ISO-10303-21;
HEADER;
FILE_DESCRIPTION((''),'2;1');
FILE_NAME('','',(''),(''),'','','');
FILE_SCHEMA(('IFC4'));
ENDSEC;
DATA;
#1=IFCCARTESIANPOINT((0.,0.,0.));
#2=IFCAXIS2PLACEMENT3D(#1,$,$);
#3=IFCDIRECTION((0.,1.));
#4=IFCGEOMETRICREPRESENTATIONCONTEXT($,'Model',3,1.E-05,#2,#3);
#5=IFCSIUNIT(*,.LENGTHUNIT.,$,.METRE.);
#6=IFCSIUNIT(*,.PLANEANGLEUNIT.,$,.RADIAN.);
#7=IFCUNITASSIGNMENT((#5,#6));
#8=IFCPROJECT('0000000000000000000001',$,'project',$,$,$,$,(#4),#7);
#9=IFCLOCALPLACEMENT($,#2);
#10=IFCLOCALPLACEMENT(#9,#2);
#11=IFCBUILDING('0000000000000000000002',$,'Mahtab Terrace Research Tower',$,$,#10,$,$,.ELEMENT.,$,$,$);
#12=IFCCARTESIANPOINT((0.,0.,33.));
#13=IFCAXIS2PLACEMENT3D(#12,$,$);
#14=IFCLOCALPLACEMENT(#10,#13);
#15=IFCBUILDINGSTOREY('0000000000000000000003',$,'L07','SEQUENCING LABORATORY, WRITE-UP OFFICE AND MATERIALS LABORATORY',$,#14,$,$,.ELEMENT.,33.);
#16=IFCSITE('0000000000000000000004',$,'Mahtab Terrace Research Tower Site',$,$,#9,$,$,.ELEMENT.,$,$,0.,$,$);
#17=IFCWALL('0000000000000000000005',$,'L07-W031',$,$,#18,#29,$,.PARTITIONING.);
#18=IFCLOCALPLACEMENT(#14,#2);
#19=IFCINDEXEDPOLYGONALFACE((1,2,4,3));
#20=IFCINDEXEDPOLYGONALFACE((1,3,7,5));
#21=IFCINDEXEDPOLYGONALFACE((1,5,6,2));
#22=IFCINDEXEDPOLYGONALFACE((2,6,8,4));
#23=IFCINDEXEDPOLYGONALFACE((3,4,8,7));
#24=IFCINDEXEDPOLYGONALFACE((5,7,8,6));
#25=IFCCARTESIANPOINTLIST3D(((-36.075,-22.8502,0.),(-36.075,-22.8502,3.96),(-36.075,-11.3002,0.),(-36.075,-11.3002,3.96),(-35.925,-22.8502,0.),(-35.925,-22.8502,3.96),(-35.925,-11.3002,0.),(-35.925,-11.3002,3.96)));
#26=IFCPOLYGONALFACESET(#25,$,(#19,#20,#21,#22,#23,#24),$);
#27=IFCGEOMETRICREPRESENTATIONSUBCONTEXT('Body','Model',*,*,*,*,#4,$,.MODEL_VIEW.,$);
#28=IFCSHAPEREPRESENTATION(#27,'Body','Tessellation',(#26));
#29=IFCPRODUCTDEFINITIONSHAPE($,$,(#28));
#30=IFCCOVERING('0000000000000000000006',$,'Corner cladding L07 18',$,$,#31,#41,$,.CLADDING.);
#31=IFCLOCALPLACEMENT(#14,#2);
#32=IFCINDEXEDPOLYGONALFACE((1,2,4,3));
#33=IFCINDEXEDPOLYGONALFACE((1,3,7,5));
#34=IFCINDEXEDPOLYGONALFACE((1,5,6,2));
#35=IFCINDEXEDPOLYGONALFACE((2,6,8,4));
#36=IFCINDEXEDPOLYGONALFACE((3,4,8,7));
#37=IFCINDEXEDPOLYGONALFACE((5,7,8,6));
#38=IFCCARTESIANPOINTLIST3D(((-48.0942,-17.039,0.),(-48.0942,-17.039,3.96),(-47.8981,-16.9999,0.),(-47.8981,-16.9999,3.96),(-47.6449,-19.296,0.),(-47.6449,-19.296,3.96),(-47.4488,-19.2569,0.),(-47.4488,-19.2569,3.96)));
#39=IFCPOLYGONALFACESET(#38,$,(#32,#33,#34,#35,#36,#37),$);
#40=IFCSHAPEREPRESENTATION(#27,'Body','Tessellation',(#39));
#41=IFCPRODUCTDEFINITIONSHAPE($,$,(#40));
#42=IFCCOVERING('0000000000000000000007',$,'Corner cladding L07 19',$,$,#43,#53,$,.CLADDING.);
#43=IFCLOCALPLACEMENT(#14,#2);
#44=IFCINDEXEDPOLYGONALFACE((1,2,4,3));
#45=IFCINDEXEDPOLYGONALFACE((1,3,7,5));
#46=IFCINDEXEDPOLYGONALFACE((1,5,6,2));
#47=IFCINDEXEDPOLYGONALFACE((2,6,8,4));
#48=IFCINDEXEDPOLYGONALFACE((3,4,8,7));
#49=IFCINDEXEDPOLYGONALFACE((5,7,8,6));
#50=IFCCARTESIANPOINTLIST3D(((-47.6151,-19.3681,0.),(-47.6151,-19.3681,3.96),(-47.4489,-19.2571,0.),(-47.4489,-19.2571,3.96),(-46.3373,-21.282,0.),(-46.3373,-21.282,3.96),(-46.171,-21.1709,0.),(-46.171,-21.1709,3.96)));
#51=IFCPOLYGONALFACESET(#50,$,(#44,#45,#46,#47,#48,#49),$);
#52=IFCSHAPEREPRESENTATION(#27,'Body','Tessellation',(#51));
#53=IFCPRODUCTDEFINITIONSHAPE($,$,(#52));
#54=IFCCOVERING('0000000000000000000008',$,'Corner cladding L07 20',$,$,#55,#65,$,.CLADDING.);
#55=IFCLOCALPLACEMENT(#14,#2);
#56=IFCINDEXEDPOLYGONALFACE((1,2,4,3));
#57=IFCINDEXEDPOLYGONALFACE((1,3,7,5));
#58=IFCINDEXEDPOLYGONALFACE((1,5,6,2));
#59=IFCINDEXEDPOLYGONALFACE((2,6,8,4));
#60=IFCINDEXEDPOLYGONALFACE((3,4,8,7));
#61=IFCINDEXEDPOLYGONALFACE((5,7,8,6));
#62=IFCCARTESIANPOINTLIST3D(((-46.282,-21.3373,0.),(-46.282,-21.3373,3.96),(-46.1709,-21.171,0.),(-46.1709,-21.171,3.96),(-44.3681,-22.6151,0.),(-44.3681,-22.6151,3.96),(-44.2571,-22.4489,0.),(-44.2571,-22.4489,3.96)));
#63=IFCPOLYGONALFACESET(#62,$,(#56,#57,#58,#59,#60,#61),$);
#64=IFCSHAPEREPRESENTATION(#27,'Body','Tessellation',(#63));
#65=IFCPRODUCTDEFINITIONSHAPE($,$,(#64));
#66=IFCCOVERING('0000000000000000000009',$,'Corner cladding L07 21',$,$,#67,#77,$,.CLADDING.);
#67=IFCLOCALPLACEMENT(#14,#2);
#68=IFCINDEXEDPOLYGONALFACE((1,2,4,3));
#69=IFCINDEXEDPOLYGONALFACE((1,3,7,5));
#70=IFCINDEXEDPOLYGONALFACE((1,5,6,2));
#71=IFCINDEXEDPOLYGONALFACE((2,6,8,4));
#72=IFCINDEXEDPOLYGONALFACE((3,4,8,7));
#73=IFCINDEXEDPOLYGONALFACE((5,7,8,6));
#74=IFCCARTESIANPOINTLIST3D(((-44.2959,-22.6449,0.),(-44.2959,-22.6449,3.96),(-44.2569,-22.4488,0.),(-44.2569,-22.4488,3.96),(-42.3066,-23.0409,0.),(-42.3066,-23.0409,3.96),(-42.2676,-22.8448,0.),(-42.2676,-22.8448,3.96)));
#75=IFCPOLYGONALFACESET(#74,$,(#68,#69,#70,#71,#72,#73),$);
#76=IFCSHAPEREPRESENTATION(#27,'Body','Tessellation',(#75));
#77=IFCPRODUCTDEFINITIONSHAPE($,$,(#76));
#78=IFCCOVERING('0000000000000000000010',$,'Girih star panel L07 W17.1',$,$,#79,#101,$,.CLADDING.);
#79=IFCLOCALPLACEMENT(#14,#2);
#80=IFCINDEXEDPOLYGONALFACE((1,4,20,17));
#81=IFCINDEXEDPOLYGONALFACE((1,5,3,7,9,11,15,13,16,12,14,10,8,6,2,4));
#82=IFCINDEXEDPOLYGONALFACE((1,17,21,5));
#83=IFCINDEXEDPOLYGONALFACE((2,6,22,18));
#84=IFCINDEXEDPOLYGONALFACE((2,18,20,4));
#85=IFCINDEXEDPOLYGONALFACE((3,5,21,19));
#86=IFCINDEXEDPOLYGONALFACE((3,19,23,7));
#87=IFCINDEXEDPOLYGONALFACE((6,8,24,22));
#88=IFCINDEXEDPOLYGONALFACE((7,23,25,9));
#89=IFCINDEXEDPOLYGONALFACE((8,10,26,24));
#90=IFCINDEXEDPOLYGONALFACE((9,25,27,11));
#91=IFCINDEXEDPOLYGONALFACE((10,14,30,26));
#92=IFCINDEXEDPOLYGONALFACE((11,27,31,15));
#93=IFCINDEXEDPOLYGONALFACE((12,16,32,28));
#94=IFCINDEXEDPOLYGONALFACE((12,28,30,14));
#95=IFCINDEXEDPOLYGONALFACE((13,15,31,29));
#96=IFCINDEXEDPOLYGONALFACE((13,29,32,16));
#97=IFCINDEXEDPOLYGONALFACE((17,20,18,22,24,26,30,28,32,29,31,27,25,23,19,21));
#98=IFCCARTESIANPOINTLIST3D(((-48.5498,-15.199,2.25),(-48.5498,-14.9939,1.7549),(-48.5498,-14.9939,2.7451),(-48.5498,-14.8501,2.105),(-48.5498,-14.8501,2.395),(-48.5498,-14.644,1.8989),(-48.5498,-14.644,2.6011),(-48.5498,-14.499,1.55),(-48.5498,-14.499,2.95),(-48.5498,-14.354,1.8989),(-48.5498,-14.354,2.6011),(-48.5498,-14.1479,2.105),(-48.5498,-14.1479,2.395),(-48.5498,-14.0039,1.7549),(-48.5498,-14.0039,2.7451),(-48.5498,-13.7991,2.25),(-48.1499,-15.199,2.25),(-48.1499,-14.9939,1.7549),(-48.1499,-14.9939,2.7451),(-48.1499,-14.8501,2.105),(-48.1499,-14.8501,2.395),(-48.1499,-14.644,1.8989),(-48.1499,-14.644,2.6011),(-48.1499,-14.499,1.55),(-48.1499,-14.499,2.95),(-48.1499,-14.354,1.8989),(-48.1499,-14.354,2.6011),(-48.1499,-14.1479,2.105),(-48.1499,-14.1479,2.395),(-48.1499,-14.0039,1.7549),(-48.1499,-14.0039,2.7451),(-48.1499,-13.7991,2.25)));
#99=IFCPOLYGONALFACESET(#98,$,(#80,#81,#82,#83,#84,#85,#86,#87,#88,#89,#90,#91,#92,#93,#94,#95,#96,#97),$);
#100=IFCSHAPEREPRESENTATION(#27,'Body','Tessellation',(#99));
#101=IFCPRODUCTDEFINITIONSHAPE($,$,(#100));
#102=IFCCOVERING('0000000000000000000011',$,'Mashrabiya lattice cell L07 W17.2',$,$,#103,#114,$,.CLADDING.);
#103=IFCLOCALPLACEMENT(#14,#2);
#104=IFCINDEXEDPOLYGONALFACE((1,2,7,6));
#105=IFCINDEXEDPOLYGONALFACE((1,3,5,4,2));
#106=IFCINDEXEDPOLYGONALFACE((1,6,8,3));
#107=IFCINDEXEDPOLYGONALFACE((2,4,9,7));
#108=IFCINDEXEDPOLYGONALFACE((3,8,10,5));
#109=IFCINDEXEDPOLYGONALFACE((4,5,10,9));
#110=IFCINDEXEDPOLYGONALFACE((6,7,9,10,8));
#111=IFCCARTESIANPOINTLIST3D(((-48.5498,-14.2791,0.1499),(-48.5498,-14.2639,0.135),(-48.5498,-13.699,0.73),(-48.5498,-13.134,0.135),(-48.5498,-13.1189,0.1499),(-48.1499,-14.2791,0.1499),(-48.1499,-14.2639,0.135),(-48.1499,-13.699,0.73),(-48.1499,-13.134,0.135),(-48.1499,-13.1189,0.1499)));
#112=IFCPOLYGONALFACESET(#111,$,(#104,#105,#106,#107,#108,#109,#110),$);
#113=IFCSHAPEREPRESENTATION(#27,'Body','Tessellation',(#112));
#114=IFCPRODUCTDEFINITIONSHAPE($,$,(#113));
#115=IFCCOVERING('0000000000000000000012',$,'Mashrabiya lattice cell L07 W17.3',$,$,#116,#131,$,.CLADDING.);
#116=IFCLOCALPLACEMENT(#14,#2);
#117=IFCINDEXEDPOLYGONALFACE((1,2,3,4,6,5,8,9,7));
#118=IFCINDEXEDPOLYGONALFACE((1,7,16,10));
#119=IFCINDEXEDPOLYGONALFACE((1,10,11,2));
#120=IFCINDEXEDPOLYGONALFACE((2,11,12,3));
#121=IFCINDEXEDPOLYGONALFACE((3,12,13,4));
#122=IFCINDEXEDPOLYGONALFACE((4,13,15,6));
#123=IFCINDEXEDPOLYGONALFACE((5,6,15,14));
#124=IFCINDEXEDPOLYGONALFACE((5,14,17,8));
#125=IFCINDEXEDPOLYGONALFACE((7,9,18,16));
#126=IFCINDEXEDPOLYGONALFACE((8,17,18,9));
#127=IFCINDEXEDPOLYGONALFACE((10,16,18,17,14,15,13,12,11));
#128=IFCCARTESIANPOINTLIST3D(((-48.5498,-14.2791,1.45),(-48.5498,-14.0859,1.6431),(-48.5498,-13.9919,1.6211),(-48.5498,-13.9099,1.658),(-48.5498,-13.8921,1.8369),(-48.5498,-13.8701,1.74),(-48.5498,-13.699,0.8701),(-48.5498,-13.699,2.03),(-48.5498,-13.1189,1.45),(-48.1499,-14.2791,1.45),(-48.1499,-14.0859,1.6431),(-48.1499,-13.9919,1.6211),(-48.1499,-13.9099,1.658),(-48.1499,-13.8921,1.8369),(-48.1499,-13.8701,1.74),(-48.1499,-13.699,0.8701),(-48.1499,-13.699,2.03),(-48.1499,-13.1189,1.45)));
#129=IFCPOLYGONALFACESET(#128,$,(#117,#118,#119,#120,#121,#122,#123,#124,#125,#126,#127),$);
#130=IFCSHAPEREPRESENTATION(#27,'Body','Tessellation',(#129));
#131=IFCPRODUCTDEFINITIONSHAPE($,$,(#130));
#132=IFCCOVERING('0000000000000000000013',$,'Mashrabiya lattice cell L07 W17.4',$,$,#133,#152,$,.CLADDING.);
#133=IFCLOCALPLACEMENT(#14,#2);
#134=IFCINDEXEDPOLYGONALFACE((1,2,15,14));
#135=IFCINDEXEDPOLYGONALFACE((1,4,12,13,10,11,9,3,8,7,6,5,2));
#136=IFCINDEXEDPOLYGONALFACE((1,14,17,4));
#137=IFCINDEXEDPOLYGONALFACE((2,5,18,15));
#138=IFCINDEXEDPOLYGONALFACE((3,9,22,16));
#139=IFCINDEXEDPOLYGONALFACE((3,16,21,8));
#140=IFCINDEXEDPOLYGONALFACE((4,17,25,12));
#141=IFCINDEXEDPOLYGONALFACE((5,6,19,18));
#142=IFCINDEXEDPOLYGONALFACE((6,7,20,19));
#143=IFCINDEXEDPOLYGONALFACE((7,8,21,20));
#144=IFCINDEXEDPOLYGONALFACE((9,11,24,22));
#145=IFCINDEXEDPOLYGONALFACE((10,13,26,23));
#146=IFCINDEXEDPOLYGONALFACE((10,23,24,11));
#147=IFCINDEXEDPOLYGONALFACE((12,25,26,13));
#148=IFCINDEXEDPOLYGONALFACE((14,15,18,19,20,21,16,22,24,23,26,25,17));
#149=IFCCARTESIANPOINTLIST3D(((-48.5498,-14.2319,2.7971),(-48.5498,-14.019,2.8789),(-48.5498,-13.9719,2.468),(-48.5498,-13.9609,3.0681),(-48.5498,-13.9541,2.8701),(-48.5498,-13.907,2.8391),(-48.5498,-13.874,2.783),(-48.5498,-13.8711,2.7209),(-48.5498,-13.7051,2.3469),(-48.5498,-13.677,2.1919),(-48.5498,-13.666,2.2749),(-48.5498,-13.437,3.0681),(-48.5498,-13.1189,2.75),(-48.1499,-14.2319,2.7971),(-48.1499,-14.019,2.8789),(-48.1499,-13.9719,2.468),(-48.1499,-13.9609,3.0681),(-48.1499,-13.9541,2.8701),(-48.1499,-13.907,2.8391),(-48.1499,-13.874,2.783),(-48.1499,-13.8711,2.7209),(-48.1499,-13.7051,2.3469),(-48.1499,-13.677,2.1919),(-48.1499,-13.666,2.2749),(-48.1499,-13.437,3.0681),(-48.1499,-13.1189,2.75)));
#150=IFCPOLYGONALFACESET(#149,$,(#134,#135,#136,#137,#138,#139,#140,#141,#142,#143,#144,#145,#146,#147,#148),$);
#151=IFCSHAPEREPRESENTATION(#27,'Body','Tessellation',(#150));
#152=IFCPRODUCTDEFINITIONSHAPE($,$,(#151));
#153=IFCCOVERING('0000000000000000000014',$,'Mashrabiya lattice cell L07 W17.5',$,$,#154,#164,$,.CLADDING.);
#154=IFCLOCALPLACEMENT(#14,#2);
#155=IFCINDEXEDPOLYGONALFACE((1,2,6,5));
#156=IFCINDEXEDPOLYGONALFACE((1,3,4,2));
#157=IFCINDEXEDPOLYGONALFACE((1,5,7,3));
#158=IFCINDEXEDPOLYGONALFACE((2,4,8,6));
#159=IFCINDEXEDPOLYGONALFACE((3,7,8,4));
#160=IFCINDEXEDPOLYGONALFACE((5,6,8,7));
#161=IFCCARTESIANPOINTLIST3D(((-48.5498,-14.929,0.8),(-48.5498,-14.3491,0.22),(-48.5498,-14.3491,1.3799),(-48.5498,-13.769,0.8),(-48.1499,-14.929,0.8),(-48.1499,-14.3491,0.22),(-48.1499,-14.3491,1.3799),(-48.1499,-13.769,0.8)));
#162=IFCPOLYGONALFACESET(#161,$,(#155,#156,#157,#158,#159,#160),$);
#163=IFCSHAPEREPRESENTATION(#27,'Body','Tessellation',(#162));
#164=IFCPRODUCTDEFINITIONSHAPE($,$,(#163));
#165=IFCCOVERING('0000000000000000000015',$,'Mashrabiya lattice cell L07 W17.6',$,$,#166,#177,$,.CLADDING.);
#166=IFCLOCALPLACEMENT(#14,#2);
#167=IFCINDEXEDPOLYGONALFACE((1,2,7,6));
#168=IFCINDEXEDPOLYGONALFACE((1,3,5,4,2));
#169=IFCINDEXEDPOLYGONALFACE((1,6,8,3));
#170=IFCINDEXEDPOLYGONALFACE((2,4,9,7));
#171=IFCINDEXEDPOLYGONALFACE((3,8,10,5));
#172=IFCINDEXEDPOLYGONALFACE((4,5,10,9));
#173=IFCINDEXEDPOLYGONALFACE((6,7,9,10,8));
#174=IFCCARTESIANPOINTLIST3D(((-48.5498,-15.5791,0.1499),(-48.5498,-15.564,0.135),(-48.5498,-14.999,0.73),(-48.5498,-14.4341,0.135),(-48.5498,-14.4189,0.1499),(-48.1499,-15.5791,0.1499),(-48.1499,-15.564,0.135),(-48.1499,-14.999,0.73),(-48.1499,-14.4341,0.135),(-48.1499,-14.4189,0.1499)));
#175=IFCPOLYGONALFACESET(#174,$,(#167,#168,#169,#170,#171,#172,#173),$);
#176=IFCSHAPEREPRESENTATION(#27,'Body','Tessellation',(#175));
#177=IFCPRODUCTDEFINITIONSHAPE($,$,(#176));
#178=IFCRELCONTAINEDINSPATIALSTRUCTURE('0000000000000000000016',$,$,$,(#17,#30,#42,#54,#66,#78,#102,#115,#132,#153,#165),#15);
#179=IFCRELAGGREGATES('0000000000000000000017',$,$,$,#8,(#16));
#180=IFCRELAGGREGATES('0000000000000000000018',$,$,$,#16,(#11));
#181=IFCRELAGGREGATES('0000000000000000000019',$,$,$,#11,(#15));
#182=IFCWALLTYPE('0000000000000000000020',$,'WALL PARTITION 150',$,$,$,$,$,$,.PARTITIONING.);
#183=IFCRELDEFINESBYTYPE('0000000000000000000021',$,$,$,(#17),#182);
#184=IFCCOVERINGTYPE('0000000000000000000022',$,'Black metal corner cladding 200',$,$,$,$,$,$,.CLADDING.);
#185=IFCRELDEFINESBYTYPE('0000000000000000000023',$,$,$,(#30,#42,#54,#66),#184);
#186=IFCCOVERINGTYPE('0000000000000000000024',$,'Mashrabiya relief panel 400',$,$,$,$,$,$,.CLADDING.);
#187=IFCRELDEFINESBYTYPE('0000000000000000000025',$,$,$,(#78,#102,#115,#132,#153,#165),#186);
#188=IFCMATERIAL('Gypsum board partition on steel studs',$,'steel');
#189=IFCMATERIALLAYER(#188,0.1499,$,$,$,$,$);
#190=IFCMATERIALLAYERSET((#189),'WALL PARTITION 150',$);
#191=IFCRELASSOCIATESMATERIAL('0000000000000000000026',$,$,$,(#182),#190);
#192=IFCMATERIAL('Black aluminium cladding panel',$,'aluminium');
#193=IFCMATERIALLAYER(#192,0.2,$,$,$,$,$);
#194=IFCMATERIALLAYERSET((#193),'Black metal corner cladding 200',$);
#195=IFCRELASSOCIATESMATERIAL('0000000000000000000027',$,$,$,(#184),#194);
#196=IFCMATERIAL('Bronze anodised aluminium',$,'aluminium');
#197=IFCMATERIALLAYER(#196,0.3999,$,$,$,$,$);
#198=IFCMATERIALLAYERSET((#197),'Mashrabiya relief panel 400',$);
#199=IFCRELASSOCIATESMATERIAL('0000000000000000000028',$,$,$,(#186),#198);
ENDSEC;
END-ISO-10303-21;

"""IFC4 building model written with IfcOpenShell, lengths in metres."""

from ifc_helpers import new_model, si_unit, direction, frame, frame_2d, origin, origin_2d, place, context, subcontext, project, spatial, polyline, rectangle, outline, extrude, material, layer, layer_set, type_object, element, save


model = new_model("IFC4")

# Units and contexts
model_context = context("Model", 3, precision=1e-05, world=origin(), true_north=direction((0.0, 1.0)))
body_context = subcontext(model_context, "Body", "Model", "MODEL_VIEW")
ifc_project = project(units=[si_unit("LENGTHUNIT", "METRE"), si_unit("PLANEANGLEUNIT", "RADIAN")], contexts=[model_context])

# Site, building, storey
site_placement = place(None, origin())
site = spatial("IfcSite", under=ifc_project, at=site_placement, Name="Mahtab Terrace Research Tower Site", CompositionType="ELEMENT", RefElevation=0.0)
building_placement = place(site_placement, origin())
building = spatial("IfcBuilding", under=site, at=building_placement, Name="Mahtab Terrace Research Tower", CompositionType="ELEMENT")
storey_placement = place(building_placement, frame((0.0, 0.0, 33.0)))
storey = spatial("IfcBuildingStorey", under=building, at=storey_placement, Name="L07", Description="SEQUENCING LABORATORY, WRITE-UP OFFICE AND MATERIALS LABORATORY", CompositionType="ELEMENT", Elevation=33.0)

# Wall
ifc_material_1 = material(Name="Black aluminium cladding panel", Category="aluminium")
ifc_material_2 = material(Name="Gypsum board partition on steel studs", Category="steel")
ifc_layer_1 = layer(ifc_material_2, 0.1499)
ifc_layer_set_1 = layer_set([ifc_layer_1], Name="WALL PARTITION 150")
wall_type_1 = type_object("IfcWallType", Name="WALL PARTITION 150", PredefinedType="PARTITIONING", material=ifc_layer_set_1)
wall_1_placement = place(storey_placement, frame((-36.0, -22.8501, 0.0), z_axis=(0.0, 0.0, 1.0), x_axis=(0.0, 1.0, 0.0)))
element("IfcWall", 1, at=wall_1_placement, inside=storey, type_object=wall_type_1, Name="L07-W031", PredefinedType="PARTITIONING", context=body_context, shape_type="SweptSolid", body=[
    extrude(rectangle(XDim=11.55, YDim=0.1499, at=frame_2d((5.7749, 0.0))), origin(), (0.0, 0.0, 1.0), 3.96),
])

# Coverings
ifc_layer_2 = layer(ifc_material_1, 0.2)
ifc_layer_set_2 = layer_set([ifc_layer_2], Name="Black metal corner cladding 200")
covering_type_1 = type_object("IfcCoveringType", Name="Black metal corner cladding 200", PredefinedType="CLADDING", material=ifc_layer_set_2)
for number, where, z_axis, x_axis, name in (
    (2, (-47.7715, -18.1479, 0.0), (0.0, 0.0, 1.0), (0.195212, -0.980761, 0.0), "Corner cladding L07 18"),
    (3, (-46.8931, -20.2695, 0.0), (0.0, 0.0, 1.0), (0.555291, -0.831656, 0.0), "Corner cladding L07 19"),
    (4, (-45.2695, -21.8931, 0.0), (0.0, 0.0, 1.0), (0.831656, -0.555291, 0.0), "Corner cladding L07 20"),
):
    element("IfcCovering", number, at=place(storey_placement, frame(where, z_axis=z_axis, x_axis=x_axis)), inside=storey, type_object=covering_type_1, Name=name, PredefinedType="CLADDING", context=body_context, shape_type="SweptSolid", body=[
        extrude(rectangle(XDim=2.3013, YDim=0.2, at=origin_2d()), origin(), (0.0, 0.0, 1.0), 3.96),
    ])
covering_1_placement = place(storey_placement, frame((-43.2817, -22.7449, 0.0), z_axis=(0.0, 0.0, 1.0), x_axis=(0.980761, -0.195212, 0.0)))
element("IfcCovering", 5, at=covering_1_placement, inside=storey, type_object=covering_type_1, Name="Corner cladding L07 21", PredefinedType="CLADDING", context=body_context, shape_type="SweptSolid", body=[
    extrude(rectangle(XDim=2.0283, YDim=0.2, at=origin_2d()), origin(), (0.0, 0.0, 1.0), 3.96),
])
ifc_material_3 = material(Name="Bronze anodised aluminium", Category="aluminium")
ifc_layer_3 = layer(ifc_material_3, 0.3999)
ifc_layer_set_3 = layer_set([ifc_layer_3], Name="Mashrabiya relief panel 400")
covering_type_2 = type_object("IfcCoveringType", Name="Mashrabiya relief panel 400", PredefinedType="CLADDING", material=ifc_layer_set_3)
covering_2_placement = place(storey_placement, frame((-48.1499, -14.644, 2.6011), z_axis=(1.0, 0.0, 0.0), x_axis=(0.0, -0.924691, 0.380717)))
element("IfcCovering", 6, at=covering_2_placement, inside=storey, type_object=covering_type_2, Name="Girih star panel L07 W17.1", PredefinedType="CLADDING", context=body_context, shape_type="SweptSolid", body=[
    extrude(outline(polyline([(0.0, 0.0), (0.3783, 0.0), (0.1121, 0.269), (0.3795, 0.5359), (0.0017, 0.5372), (0.0013, 0.9157), (-0.2673, 0.6493), (-0.5342, 0.9167), (-0.5355, 0.5388), (-0.9141, 0.5388), (-0.6476, 0.2699), (-0.915, 0.0029), (-0.5372, 0.0017), (-0.5371, -0.3769), (-0.2682, -0.1104), (-0.0013, -0.3778), (0.0, 0.0)])), origin(), (0.0, 0.0, -1.0), 0.3999),
])
covering_3_placement = place(storey_placement, frame((-48.1499, -13.1189, 0.1499), z_axis=(1.0, 0.0, 0.0), x_axis=(0.0, -0.707107, 0.707107)))
element("IfcCovering", 7, at=covering_3_placement, inside=storey, type_object=covering_type_2, Name="Mashrabiya lattice cell L07 W17.2", PredefinedType="CLADDING", context=body_context, shape_type="SweptSolid", body=[
    extrude(outline(polyline([(0.0, 0.0), (0.8204, 0.0), (0.8204, 0.8204), (0.7991, 0.8202), (0.0002, 0.0212), (0.0, 0.0)])), origin(), (0.0, 0.0, -1.0), 0.3999),
])
covering_4_placement = place(storey_placement, frame((-48.1499, -14.2791, 1.45), z_axis=(1.0, 0.0, 0.0), x_axis=(0.0, 0.707256, -0.706958)))
element("IfcCovering", 8, at=covering_4_placement, inside=storey, type_object=covering_type_2, Name="Mashrabiya lattice cell L07 W17.3", PredefinedType="CLADDING", context=body_context, shape_type="SweptSolid", body=[
    extrude(outline(polyline([(0.0, 0.0), (0.8202, 0.0), (0.8205, 0.8202), (0.0002, 0.8204), (0.0001, 0.5472), (0.0842, 0.4942), (0.114, 0.4081), (0.0821, 0.324), (0.0001, 0.2731), (0.0, 0.0)])), origin(), (0.0, 0.0, -1.0), 0.3999),
])
covering_5_placement = place(storey_placement, frame((-48.1499, -13.1189, 2.75), z_axis=(1.0, 0.0, 0.0), x_axis=(0.0, -0.707107, 0.707107)))
element("IfcCovering", 9, at=covering_5_placement, inside=storey, type_object=covering_type_2, Name="Mashrabiya lattice cell L07 W17.4", PredefinedType="CLADDING", context=body_context, shape_type="SweptSolid", body=[
    extrude(outline(polyline([(0.0, 0.0), (0.4499, 0.0), (0.8204, 0.3705), (0.8204, 0.7537), (0.7277, 0.5453), (0.6755, 0.5056), (0.6203, 0.4942), (0.5573, 0.5106), (0.5113, 0.5524), (0.4038, 0.8026), (0.1295, 0.6995), (0.0509, 0.7228), (0.0, 0.7893), (0.0, 0.0)])), origin(), (0.0, 0.0, -1.0), 0.3999),
])
covering_6_placement = place(storey_placement, frame((-48.1499, -14.3491, 1.3799), z_axis=(1.0, 0.0, 0.0), x_axis=(0.0, -0.707107, -0.707107)))
element("IfcCovering", 10, at=covering_6_placement, inside=storey, type_object=covering_type_2, Name="Mashrabiya lattice cell L07 W17.5", PredefinedType="CLADDING", context=body_context, shape_type="SweptSolid", body=[
    extrude(outline(polyline([(0.0, 0.0), (0.82, 0.0), (0.8202, 0.8202), (-0.0002, 0.8202), (0.0, 0.0)])), origin(), (0.0, 0.0, -1.0), 0.3999),
])
covering_7_placement = place(storey_placement, frame((-48.1499, -14.4189, 0.1499), z_axis=(1.0, 0.0, 0.0), x_axis=(0.0, -0.707107, 0.707107)))
element("IfcCovering", 11, at=covering_7_placement, inside=storey, type_object=covering_type_2, Name="Mashrabiya lattice cell L07 W17.6", PredefinedType="CLADDING", context=body_context, shape_type="SweptSolid", body=[
    extrude(outline(polyline([(0.0, 0.0), (0.8204, 0.0), (0.8204, 0.8204), (0.7991, 0.8202), (0.0002, 0.0212), (0.0, 0.0)])), origin(), (0.0, 0.0, -1.0), 0.3999),
])

save(model, "model.ifc")
